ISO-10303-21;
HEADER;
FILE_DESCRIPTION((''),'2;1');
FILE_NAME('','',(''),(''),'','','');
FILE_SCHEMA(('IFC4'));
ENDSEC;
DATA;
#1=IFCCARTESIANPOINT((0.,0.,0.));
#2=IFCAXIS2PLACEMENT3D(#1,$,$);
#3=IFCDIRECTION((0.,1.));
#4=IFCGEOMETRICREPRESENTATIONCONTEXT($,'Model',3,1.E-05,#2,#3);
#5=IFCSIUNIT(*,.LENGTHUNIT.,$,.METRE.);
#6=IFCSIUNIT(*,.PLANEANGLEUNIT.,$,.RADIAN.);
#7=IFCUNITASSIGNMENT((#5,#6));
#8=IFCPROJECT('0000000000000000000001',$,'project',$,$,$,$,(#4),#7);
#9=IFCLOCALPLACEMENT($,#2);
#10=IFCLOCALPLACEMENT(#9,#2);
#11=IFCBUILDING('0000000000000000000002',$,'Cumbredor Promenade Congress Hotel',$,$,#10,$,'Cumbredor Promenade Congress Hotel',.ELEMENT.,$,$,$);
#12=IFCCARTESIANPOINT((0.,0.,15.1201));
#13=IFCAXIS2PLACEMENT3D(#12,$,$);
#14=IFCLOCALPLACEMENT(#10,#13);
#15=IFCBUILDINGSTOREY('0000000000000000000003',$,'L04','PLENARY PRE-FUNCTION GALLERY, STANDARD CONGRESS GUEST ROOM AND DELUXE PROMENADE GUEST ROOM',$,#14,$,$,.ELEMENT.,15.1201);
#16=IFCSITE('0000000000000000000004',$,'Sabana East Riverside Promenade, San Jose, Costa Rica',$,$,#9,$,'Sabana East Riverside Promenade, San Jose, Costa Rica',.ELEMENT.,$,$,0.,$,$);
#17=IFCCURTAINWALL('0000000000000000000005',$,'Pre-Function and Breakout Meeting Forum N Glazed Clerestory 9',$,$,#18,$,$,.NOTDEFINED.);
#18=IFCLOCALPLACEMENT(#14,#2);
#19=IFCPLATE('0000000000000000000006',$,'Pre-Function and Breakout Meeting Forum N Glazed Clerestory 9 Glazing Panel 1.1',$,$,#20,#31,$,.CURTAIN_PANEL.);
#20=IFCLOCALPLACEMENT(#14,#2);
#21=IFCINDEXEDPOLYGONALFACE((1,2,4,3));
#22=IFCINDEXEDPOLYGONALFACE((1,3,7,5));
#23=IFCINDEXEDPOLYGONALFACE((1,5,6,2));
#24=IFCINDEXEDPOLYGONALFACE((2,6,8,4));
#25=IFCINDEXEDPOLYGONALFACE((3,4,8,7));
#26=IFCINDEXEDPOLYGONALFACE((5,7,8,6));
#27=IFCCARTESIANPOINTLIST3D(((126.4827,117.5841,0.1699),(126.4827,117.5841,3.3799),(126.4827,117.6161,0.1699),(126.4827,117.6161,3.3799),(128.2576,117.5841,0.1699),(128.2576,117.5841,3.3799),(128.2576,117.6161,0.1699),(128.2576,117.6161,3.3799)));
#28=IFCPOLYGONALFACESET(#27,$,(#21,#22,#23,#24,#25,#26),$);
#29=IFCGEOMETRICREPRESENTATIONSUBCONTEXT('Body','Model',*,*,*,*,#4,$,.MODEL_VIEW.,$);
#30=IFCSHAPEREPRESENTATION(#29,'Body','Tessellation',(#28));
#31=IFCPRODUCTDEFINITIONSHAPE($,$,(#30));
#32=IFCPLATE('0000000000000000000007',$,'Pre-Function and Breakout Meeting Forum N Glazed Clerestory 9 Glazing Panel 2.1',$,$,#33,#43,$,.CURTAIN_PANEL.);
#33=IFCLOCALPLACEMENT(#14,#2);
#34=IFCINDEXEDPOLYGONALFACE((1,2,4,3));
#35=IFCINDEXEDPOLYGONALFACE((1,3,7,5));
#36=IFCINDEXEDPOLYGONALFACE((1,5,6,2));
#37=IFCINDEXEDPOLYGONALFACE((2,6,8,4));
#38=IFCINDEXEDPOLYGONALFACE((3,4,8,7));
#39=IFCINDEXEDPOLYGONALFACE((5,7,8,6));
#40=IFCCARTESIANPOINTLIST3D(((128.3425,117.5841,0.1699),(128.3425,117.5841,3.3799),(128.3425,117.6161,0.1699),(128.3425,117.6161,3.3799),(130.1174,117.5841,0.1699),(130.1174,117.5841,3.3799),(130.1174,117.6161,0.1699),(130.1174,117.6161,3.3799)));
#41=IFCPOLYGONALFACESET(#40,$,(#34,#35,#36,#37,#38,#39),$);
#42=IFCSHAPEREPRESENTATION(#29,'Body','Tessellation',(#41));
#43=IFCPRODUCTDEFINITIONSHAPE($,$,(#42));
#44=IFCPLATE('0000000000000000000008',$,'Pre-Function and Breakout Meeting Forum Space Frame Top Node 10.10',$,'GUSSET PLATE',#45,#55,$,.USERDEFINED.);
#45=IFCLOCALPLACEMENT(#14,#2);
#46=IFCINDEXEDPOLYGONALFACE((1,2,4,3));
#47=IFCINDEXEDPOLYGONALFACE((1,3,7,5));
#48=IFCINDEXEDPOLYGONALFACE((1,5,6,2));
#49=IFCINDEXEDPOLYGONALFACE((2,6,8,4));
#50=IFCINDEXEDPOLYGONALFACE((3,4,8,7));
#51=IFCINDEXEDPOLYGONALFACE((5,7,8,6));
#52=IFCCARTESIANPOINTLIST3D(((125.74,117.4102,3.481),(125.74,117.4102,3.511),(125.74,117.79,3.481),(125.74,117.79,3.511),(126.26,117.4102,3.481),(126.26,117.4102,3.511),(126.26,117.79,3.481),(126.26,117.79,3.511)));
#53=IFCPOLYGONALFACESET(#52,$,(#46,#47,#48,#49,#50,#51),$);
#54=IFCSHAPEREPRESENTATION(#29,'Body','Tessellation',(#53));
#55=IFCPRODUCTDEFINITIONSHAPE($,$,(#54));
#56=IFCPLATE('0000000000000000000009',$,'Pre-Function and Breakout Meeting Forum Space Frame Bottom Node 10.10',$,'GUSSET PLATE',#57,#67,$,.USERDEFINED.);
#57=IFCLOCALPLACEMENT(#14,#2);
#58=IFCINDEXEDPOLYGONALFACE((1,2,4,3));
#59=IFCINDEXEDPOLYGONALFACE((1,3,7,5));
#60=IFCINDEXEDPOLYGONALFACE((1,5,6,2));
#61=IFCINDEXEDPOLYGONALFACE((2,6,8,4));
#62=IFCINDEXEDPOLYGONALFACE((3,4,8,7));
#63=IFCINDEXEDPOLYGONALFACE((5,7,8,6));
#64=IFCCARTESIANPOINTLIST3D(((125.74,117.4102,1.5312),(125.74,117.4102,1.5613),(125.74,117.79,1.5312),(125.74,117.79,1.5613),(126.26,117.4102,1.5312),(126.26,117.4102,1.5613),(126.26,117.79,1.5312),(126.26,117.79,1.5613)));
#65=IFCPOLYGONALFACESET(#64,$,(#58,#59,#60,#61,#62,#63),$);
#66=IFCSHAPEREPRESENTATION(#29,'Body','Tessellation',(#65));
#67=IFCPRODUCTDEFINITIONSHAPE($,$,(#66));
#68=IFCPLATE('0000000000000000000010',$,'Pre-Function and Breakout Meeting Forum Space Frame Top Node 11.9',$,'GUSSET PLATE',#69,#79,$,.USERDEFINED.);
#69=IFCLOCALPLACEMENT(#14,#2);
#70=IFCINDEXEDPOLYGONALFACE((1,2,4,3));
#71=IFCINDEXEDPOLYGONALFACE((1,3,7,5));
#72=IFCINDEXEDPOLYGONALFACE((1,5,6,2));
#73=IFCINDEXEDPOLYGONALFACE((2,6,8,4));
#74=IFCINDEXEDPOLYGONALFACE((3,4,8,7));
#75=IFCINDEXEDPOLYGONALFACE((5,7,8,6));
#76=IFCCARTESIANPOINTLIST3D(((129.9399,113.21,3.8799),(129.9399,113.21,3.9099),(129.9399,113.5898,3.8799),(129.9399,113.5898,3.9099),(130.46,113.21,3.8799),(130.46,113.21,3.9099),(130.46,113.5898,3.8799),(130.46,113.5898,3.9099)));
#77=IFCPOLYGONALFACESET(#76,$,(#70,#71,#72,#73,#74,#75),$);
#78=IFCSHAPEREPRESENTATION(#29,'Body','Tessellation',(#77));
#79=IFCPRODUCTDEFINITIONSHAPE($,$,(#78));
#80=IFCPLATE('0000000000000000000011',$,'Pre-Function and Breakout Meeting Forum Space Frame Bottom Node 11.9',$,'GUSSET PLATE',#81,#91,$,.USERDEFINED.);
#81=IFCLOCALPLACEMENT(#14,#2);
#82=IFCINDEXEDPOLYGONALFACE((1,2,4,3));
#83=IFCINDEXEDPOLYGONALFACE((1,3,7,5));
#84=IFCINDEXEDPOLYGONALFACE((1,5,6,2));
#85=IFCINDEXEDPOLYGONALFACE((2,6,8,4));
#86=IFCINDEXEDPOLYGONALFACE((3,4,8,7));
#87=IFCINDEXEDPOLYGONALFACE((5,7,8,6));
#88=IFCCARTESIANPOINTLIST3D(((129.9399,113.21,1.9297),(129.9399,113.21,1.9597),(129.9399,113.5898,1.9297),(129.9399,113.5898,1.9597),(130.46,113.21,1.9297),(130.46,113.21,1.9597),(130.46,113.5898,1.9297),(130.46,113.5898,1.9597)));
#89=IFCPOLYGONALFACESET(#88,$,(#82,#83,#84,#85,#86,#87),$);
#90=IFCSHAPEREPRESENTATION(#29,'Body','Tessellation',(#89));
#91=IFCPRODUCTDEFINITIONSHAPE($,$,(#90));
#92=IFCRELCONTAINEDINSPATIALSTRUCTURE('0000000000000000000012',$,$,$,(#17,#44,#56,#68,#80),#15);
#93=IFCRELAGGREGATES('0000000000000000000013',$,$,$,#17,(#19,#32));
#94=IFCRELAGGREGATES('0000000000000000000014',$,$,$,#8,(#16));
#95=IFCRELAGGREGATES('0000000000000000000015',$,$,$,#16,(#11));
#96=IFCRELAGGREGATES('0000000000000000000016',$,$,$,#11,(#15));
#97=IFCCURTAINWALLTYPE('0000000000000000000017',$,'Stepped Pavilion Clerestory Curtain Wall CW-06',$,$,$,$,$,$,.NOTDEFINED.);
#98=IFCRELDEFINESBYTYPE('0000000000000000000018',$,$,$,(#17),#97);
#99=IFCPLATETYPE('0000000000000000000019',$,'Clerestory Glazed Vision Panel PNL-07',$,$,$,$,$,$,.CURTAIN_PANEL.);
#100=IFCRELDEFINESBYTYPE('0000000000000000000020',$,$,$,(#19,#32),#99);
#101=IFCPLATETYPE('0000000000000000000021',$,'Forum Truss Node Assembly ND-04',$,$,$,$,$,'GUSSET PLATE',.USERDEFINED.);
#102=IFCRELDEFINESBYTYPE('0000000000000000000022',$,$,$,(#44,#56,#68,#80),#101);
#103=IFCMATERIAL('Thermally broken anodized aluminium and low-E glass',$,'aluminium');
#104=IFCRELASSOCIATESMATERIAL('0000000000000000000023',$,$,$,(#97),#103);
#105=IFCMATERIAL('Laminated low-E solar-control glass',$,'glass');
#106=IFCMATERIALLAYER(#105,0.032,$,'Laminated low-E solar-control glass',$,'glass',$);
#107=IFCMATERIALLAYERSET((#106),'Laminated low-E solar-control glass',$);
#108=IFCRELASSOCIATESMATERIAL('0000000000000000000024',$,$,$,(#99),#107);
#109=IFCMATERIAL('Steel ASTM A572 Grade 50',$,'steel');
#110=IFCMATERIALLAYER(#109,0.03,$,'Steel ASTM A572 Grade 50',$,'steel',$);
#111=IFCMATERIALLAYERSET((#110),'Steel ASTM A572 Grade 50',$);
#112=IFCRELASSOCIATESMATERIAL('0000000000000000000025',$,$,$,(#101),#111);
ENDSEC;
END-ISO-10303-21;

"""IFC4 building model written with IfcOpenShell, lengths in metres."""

from ifc_helpers import new_model, si_unit, direction, frame, origin, origin_2d, place, context, subcontext, project, spatial, rectangle, extrude, material, layer, layer_set, type_object, element, aggregate, save


model = new_model("IFC4")

# Units and contexts
model_context = context("Model", 3, precision=1e-05, world=origin(), true_north=direction((0.0, 1.0)))
body_context = subcontext(model_context, "Body", "Model", "MODEL_VIEW")
ifc_project = project(units=[si_unit("LENGTHUNIT", "METRE"), si_unit("PLANEANGLEUNIT", "RADIAN")], contexts=[model_context])

# Site, building, storey
site_placement = place(None, origin())
site = spatial("IfcSite", under=ifc_project, at=site_placement, Name="Sabana East Riverside Promenade, San Jose, Costa Rica", LongName="Sabana East Riverside Promenade, San Jose, Costa Rica", CompositionType="ELEMENT", RefElevation=0.0)
building_placement = place(site_placement, origin())
building = spatial("IfcBuilding", under=site, at=building_placement, Name="Cumbredor Promenade Congress Hotel", LongName="Cumbredor Promenade Congress Hotel", CompositionType="ELEMENT")
storey_placement = place(building_placement, frame((0.0, 0.0, 15.1201)))
storey = spatial("IfcBuildingStorey", under=building, at=storey_placement, Name="L04", Description="PLENARY PRE-FUNCTION GALLERY, STANDARD CONGRESS GUEST ROOM AND DELUXE PROMENADE GUEST ROOM", CompositionType="ELEMENT", Elevation=15.1201)

# Curtain wall
ifc_material_1 = material(Name="Thermally broken anodized aluminium and low-E glass", Category="aluminium")
curtain_wall_type = type_object("IfcCurtainWallType", Name="Stepped Pavilion Clerestory Curtain Wall CW-06", PredefinedType="NOTDEFINED", material=ifc_material_1)
curtain_wall_placement = place(storey_placement, origin())
curtain_wall = element("IfcCurtainWall", 1, at=curtain_wall_placement, inside=storey, type_object=curtain_wall_type, Name="Pre-Function and Breakout Meeting Forum N Glazed Clerestory 9", PredefinedType="NOTDEFINED")

# Plates
ifc_material_2 = material(Name="Laminated low-E solar-control glass", Category="glass")
ifc_layer_1 = layer(ifc_material_2, 0.032, Name="Laminated low-E solar-control glass", Category="glass")
ifc_layer_set_1 = layer_set([ifc_layer_1], Name="Laminated low-E solar-control glass")
plate_type_1 = type_object("IfcPlateType", Name="Clerestory Glazed Vision Panel PNL-07", PredefinedType="CURTAIN_PANEL", material=ifc_layer_set_1)
plate_1_placement = place(storey_placement, frame((127.3701, 117.6001, 0.1699), z_axis=(0.0, 0.0, 1.0), x_axis=(1.0, 0.0, 0.0)))
plate_1 = element("IfcPlate", 2, at=plate_1_placement, type_object=plate_type_1, Name="Pre-Function and Breakout Meeting Forum N Glazed Clerestory 9 Glazing Panel 1.1", PredefinedType="CURTAIN_PANEL", context=body_context, shape_type="SweptSolid", body=[
    extrude(rectangle(XDim=1.7749, YDim=0.032, at=origin_2d()), origin(), (0.0, 0.0, 1.0), 3.21),
])
plate_2_placement = place(storey_placement, frame((129.23, 117.6001, 0.1699), z_axis=(0.0, 0.0, 1.0), x_axis=(1.0, 0.0, 0.0)))
plate_2 = element("IfcPlate", 3, at=plate_2_placement, type_object=plate_type_1, Name="Pre-Function and Breakout Meeting Forum N Glazed Clerestory 9 Glazing Panel 2.1", PredefinedType="CURTAIN_PANEL", context=body_context, shape_type="SweptSolid", body=[
    extrude(rectangle(XDim=1.7749, YDim=0.032, at=origin_2d()), origin(), (0.0, 0.0, 1.0), 3.21),
])
aggregate(curtain_wall, [plate_1, plate_2])

# Plates
ifc_material_3 = material(Name="Steel ASTM A572 Grade 50", Category="steel")
ifc_layer_2 = layer(ifc_material_3, 0.03, Name="Steel ASTM A572 Grade 50", Category="steel")
ifc_layer_set_2 = layer_set([ifc_layer_2], Name="Steel ASTM A572 Grade 50")
plate_type_2 = type_object("IfcPlateType", Name="Forum Truss Node Assembly ND-04", ElementType="GUSSET PLATE", PredefinedType="USERDEFINED", material=ifc_layer_set_2)
for number, where, z_axis, x_axis, name in (
    (4, (126.0, 117.6001, 3.481), (0.0, 0.0, 1.0), (1.0, 0.0, 0.0), "Pre-Function and Breakout Meeting Forum Space Frame Top Node 10.10"),
    (5, (126.0, 117.6001, 1.5312), (0.0, 0.0, 1.0), (1.0, 0.0, 0.0), "Pre-Function and Breakout Meeting Forum Space Frame Bottom Node 10.10"),
    (6, (130.2, 113.3999, 3.8799), (0.0, 0.0, 1.0), (1.0, 0.0, 0.0), "Pre-Function and Breakout Meeting Forum Space Frame Top Node 11.9"),
    (7, (130.2, 113.3999, 1.9297), (0.0, 0.0, 1.0), (1.0, 0.0, 0.0), "Pre-Function and Breakout Meeting Forum Space Frame Bottom Node 11.9"),
):
    element("IfcPlate", number, at=place(storey_placement, frame(where, z_axis=z_axis, x_axis=x_axis)), inside=storey, type_object=plate_type_2, Name=name, ObjectType="GUSSET PLATE", PredefinedType="USERDEFINED", context=body_context, shape_type="SweptSolid", body=[
        extrude(rectangle(XDim=0.52, YDim=0.3799, at=origin_2d()), origin(), (0.0, 0.0, 1.0), 0.03),
    ])

save(model, "model.ifc")
